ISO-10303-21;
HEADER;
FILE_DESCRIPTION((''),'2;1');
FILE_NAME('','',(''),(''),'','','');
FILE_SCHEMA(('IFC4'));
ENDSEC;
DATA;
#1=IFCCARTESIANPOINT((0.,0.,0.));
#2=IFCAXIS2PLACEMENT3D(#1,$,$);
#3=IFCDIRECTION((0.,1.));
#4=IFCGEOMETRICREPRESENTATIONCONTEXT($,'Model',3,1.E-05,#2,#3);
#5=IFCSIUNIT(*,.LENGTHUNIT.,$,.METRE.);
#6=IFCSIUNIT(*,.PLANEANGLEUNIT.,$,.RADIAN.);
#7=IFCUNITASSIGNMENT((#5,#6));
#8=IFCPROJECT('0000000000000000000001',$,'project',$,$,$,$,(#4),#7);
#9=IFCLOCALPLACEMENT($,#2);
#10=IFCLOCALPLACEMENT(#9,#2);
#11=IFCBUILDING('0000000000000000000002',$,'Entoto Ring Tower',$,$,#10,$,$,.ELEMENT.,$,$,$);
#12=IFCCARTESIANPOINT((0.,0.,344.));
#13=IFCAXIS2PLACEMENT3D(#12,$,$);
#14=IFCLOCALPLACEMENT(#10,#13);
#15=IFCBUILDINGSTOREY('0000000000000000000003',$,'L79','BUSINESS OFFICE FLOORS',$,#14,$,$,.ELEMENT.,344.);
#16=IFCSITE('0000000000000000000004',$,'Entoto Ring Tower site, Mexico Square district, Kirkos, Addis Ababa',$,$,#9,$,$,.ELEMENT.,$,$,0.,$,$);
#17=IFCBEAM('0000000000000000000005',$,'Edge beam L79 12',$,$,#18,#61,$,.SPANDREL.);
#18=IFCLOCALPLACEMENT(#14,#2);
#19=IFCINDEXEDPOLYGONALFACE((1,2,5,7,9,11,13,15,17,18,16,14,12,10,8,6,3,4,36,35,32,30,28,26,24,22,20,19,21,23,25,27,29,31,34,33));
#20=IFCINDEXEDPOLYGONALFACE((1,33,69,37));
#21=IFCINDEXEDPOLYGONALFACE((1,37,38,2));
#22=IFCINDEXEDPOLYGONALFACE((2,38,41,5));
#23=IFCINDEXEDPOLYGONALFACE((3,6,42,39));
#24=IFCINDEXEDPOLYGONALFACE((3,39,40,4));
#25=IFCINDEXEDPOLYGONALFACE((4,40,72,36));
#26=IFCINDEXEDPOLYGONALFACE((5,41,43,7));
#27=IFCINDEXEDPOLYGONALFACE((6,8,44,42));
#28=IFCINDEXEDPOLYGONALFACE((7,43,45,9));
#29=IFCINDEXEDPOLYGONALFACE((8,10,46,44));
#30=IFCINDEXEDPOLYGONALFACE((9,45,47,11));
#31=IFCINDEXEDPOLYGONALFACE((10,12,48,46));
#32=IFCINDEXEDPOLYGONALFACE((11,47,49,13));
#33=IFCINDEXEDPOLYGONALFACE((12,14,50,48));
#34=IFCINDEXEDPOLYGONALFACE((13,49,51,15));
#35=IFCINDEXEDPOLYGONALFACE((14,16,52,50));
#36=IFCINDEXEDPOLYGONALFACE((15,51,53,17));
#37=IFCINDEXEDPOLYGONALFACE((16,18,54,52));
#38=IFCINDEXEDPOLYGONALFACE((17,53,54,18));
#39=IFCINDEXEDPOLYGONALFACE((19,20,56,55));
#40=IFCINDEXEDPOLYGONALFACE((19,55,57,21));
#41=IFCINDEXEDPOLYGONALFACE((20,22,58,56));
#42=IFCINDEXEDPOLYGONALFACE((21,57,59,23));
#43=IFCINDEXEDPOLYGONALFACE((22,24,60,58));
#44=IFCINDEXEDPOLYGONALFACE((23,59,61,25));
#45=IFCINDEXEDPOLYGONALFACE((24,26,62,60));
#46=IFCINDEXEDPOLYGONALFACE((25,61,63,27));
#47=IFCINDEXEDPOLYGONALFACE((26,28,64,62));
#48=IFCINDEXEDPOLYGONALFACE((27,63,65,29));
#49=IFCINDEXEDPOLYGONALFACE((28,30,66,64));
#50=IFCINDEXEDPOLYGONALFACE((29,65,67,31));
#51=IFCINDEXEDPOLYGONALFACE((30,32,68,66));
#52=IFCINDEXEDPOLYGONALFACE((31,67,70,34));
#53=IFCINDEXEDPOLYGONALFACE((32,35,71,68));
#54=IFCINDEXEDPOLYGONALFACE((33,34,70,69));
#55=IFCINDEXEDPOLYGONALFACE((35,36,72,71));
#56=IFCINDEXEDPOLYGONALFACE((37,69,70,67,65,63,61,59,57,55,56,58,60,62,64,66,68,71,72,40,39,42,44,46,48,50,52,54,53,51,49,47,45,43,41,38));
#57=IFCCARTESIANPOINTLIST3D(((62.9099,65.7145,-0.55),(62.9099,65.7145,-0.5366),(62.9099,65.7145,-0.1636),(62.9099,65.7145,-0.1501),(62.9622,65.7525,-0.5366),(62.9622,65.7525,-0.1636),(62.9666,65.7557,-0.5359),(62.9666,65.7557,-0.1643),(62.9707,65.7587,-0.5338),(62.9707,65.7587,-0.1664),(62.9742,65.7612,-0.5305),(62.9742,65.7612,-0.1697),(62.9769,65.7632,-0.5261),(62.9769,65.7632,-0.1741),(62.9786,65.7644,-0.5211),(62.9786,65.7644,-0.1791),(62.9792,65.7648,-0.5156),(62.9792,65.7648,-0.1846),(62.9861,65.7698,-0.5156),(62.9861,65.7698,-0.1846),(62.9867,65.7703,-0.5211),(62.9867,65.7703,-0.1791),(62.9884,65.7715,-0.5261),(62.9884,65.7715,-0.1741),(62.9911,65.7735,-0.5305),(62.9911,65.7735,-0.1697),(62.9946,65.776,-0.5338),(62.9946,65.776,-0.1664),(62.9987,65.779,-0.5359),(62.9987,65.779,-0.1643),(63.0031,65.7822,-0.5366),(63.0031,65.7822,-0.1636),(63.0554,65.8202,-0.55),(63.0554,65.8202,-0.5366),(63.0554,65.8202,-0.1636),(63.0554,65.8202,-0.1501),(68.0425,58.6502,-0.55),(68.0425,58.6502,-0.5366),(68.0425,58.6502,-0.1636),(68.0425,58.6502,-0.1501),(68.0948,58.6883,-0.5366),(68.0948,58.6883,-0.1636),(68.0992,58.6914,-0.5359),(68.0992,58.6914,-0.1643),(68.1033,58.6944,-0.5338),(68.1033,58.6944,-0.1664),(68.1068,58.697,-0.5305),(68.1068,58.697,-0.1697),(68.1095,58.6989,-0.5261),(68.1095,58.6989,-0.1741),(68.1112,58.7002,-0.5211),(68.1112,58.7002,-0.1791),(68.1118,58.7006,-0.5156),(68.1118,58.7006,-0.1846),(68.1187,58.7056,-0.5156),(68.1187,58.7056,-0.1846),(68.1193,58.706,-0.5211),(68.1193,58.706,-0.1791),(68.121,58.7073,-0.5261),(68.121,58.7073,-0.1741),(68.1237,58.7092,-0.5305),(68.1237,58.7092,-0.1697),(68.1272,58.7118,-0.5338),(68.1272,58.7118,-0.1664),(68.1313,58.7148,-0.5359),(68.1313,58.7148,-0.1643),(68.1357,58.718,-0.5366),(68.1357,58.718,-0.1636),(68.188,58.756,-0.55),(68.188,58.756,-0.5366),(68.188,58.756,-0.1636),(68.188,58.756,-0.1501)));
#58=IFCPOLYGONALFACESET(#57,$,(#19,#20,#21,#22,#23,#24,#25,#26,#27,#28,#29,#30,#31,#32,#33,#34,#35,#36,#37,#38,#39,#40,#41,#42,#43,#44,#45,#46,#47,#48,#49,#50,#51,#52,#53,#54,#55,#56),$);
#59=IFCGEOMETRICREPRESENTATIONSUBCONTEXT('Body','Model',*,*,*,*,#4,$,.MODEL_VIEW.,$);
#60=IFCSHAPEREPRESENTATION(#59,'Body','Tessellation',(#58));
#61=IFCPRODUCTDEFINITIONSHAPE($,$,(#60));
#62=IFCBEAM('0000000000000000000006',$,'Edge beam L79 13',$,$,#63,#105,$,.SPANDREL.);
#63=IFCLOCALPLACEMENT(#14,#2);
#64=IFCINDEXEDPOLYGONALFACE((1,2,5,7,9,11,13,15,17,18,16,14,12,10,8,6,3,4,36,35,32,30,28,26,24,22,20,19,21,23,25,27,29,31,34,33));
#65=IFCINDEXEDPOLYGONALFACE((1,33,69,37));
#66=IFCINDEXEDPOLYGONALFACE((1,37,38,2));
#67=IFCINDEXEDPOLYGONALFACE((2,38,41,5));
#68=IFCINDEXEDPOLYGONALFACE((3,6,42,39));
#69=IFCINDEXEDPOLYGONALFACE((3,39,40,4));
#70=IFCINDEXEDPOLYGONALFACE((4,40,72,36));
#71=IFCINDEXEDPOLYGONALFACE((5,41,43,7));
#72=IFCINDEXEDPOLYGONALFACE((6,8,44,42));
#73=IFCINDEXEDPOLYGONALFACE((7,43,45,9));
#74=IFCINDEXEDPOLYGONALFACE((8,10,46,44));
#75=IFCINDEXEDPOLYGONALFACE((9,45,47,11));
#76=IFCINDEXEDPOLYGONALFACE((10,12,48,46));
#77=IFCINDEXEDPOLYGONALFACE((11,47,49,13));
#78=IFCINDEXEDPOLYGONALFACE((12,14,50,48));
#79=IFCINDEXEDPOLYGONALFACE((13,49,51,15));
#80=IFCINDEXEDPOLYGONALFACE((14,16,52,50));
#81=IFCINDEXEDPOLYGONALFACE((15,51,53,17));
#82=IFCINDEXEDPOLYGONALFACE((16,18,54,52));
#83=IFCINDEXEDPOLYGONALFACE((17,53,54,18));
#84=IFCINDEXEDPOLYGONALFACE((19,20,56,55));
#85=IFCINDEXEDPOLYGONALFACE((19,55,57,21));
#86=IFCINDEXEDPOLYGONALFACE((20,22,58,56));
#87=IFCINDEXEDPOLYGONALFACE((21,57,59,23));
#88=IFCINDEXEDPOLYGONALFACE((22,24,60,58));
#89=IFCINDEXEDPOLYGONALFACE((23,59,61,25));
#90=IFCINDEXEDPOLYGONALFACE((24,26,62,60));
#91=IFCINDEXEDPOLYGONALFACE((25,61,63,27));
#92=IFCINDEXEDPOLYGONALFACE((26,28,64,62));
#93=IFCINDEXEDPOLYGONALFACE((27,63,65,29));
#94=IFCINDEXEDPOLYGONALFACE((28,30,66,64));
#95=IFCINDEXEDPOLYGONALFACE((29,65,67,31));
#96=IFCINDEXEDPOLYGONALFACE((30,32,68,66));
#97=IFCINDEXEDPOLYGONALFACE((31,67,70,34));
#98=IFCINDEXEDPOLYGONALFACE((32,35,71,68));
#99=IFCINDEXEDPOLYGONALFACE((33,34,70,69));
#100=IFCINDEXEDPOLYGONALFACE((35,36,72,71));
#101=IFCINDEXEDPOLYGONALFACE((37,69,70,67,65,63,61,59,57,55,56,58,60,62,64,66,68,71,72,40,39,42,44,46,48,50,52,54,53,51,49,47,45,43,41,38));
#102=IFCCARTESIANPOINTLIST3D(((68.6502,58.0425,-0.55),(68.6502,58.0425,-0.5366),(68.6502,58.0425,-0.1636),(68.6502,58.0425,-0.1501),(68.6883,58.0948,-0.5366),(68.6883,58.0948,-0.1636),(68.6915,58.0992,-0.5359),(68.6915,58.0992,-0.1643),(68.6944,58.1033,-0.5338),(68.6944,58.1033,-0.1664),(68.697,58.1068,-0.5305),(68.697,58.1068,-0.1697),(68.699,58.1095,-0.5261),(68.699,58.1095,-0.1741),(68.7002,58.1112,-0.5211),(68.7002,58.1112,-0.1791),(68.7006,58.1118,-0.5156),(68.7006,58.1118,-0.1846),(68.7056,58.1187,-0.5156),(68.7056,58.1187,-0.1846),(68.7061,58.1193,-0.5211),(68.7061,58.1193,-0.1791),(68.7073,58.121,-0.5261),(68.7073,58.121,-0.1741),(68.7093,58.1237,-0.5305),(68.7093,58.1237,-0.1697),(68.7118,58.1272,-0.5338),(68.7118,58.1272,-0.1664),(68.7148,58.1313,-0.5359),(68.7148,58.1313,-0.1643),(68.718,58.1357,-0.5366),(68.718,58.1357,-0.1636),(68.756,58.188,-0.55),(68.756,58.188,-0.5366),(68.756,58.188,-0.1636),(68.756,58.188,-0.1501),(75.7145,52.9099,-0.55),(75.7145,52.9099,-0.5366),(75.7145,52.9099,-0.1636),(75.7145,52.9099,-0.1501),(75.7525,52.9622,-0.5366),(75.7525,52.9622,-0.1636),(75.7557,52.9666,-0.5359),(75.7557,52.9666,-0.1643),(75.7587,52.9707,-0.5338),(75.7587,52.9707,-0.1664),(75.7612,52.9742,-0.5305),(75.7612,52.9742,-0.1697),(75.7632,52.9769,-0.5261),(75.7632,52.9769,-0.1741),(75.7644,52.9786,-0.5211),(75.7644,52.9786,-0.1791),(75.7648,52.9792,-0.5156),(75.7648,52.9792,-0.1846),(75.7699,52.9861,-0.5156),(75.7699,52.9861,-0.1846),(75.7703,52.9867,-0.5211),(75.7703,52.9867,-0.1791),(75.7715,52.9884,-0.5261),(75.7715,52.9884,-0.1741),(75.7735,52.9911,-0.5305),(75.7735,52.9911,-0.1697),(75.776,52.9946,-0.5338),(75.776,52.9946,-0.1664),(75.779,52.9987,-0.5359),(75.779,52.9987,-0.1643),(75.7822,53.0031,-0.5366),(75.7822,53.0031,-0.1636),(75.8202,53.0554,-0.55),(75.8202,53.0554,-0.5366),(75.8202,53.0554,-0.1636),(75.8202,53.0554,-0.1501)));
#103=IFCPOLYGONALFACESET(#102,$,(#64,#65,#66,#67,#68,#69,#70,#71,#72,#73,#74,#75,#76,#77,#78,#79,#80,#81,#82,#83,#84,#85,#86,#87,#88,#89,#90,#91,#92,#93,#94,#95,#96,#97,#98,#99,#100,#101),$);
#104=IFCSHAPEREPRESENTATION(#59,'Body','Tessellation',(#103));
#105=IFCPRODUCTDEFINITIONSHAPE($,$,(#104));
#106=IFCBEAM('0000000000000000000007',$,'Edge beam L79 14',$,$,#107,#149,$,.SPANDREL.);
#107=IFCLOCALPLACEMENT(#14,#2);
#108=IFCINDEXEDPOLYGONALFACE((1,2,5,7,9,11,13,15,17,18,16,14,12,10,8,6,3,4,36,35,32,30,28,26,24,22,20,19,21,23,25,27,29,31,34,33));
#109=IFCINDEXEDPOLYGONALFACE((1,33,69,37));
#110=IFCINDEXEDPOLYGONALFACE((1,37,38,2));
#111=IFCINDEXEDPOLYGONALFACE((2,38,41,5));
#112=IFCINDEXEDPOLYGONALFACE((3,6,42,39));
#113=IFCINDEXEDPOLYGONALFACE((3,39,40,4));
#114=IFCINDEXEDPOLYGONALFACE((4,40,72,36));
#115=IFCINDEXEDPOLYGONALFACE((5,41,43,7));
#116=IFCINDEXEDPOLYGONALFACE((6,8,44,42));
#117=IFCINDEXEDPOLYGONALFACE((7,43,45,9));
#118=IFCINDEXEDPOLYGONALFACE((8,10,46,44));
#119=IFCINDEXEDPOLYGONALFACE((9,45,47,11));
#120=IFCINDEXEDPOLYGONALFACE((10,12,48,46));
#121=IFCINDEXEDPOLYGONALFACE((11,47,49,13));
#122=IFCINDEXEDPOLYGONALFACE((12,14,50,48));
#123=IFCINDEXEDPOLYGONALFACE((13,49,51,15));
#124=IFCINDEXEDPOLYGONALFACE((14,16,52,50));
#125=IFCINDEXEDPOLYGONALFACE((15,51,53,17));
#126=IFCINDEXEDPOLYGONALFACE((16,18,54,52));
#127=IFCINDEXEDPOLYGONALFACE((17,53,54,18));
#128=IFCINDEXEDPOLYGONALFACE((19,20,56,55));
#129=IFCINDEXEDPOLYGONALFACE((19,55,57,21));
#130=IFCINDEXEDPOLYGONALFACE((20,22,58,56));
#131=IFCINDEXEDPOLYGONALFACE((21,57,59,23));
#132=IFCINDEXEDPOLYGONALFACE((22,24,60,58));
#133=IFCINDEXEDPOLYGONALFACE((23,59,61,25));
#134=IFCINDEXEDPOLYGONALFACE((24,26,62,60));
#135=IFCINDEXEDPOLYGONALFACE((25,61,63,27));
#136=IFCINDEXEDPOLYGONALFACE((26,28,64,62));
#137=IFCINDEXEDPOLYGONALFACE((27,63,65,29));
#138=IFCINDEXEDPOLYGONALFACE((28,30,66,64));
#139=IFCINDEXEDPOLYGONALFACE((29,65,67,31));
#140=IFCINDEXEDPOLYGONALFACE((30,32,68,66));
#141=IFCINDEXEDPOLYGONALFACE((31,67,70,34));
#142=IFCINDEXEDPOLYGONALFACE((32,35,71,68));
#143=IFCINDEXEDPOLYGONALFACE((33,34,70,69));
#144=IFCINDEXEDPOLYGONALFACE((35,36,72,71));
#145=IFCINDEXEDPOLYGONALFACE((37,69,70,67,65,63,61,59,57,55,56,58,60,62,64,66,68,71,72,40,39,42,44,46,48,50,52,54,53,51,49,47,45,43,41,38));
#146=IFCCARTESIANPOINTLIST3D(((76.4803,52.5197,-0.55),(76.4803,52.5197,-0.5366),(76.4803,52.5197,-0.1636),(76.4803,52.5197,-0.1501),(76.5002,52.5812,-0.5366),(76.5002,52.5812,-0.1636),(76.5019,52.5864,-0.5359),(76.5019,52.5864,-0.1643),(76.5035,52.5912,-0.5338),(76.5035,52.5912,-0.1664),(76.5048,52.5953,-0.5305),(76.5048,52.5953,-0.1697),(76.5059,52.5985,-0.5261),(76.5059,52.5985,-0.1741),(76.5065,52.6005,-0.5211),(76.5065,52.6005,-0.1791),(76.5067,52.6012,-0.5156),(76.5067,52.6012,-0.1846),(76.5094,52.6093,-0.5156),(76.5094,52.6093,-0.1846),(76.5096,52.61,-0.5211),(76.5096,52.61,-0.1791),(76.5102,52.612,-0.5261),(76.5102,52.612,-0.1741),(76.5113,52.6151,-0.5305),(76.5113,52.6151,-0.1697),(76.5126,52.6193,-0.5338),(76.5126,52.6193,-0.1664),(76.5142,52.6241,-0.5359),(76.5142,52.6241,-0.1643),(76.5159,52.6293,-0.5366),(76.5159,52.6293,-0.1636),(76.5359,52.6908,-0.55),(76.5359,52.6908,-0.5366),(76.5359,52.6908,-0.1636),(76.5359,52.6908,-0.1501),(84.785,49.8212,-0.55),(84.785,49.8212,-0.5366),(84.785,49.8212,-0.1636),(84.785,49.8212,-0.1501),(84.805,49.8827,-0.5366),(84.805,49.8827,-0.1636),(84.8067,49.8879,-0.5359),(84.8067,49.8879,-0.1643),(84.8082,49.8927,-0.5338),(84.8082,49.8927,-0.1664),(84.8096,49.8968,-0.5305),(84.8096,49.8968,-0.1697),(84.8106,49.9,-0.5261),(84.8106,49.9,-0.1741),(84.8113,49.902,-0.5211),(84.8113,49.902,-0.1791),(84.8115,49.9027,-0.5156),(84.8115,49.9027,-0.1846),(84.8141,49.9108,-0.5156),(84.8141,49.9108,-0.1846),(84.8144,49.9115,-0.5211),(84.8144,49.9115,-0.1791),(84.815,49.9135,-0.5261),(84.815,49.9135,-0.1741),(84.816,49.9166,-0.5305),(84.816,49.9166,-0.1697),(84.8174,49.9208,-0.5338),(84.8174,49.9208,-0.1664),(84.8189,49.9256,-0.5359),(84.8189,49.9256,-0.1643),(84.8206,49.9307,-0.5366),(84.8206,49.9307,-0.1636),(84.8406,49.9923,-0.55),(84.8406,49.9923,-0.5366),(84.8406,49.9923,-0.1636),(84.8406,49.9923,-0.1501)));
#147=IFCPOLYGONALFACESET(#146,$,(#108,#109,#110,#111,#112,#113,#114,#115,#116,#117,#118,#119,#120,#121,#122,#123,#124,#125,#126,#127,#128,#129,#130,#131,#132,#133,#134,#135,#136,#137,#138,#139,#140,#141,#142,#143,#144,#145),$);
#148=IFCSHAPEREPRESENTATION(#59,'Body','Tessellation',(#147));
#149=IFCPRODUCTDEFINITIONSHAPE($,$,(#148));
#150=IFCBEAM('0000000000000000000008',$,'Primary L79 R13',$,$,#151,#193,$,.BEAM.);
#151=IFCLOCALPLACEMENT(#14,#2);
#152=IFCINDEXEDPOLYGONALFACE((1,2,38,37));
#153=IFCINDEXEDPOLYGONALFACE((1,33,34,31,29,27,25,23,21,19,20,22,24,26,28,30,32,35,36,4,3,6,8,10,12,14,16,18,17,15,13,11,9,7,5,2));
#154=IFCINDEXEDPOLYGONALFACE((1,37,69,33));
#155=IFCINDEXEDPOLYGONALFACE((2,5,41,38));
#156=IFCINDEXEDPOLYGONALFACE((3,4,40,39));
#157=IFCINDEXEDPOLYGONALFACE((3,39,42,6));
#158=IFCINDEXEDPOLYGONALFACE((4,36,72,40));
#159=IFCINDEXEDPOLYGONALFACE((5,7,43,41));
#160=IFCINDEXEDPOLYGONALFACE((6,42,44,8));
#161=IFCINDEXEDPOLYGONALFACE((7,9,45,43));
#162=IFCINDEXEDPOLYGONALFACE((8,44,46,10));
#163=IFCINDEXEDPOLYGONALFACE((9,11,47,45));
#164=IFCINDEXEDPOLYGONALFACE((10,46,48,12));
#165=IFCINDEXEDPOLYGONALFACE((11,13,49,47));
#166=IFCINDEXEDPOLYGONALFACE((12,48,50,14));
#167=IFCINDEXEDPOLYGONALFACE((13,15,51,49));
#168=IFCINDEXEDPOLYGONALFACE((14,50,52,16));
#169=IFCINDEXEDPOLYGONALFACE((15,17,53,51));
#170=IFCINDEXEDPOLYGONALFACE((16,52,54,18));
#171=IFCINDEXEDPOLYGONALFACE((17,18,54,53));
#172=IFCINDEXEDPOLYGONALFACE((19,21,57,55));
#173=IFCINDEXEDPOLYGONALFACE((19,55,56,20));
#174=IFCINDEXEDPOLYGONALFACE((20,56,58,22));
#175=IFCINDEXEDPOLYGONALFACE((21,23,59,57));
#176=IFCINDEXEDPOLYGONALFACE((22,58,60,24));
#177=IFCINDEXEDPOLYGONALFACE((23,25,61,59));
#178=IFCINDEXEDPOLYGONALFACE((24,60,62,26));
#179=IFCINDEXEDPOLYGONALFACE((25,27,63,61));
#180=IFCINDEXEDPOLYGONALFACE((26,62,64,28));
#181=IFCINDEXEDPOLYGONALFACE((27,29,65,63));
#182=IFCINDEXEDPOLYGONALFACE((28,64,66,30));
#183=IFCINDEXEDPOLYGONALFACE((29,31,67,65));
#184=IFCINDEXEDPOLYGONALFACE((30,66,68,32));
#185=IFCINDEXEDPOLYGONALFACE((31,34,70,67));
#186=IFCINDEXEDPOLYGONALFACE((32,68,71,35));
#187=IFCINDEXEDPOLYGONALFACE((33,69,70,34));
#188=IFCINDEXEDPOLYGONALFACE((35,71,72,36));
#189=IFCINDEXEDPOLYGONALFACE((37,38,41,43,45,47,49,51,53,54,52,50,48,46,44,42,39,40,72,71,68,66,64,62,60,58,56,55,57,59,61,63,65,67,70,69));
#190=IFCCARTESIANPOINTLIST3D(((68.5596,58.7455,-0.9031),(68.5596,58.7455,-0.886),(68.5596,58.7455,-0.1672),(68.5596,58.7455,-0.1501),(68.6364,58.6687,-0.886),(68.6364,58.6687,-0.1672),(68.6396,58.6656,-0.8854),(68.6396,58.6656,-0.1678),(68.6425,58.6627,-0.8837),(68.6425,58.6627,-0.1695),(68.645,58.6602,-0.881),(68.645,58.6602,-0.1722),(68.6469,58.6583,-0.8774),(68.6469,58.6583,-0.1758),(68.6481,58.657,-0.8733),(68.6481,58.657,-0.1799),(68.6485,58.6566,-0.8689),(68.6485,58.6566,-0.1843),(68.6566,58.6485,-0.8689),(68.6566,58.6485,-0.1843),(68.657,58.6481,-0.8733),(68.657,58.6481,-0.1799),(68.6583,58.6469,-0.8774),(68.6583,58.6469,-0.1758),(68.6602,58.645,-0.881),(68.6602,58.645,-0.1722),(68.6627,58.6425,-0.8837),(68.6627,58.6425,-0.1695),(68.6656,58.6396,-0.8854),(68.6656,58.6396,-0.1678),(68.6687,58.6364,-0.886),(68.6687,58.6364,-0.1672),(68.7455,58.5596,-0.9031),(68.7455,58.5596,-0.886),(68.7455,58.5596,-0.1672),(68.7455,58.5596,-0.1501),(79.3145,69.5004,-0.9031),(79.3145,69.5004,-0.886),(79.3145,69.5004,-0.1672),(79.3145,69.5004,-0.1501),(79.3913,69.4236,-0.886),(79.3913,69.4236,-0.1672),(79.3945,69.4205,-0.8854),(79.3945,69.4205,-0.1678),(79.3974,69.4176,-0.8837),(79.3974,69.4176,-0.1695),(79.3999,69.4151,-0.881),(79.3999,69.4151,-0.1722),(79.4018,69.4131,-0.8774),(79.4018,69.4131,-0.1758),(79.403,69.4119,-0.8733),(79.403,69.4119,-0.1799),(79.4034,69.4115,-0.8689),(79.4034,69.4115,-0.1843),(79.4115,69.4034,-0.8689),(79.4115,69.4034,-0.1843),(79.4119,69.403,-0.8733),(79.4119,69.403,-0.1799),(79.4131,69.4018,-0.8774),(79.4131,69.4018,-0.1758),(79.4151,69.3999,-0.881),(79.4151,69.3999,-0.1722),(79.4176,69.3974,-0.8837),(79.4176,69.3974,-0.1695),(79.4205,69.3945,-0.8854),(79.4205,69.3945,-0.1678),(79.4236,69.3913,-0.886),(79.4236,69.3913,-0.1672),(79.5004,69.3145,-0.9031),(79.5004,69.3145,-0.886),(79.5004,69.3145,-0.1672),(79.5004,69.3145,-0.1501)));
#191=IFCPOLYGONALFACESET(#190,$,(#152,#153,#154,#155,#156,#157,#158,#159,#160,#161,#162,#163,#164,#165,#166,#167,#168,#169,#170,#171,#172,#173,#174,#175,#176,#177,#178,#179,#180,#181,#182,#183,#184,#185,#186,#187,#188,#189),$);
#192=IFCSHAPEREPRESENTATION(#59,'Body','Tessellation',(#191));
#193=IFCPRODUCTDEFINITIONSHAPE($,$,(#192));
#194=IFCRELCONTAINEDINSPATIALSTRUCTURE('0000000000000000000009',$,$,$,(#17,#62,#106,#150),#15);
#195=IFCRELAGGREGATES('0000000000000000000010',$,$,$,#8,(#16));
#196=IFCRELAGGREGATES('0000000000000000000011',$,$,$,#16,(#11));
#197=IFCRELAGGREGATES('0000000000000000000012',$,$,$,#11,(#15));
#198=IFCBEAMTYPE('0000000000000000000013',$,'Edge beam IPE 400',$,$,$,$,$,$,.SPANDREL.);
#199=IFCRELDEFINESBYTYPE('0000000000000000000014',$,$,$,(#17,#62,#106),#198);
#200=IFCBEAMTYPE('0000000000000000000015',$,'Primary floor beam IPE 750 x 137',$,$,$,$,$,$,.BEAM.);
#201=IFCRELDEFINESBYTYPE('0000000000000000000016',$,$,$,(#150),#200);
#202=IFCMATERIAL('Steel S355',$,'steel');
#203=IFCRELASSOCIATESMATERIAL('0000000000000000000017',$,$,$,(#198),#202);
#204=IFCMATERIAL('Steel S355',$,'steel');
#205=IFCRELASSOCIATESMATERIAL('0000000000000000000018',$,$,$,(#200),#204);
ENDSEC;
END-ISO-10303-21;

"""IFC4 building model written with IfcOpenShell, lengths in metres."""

from ifc_helpers import new_model, si_unit, direction, frame, origin, origin_2d, place, context, subcontext, project, spatial, i_section, extrude, material, material_profile, profile_set, type_object, element, save


model = new_model("IFC4")

# Units and contexts
model_context = context("Model", 3, precision=1e-05, world=origin(), true_north=direction((0.0, 1.0)))
body_context = subcontext(model_context, "Body", "Model", "MODEL_VIEW")
ifc_project = project(units=[si_unit("LENGTHUNIT", "METRE"), si_unit("PLANEANGLEUNIT", "RADIAN")], contexts=[model_context])

# Site, building, storey
site_placement = place(None, origin())
site = spatial("IfcSite", under=ifc_project, at=site_placement, Name="Entoto Ring Tower site, Mexico Square district, Kirkos, Addis Ababa", CompositionType="ELEMENT", RefElevation=0.0)
building_placement = place(site_placement, origin())
building = spatial("IfcBuilding", under=site, at=building_placement, Name="Entoto Ring Tower", CompositionType="ELEMENT")
storey_placement = place(building_placement, frame((0.0, 0.0, 344.0)))
storey = spatial("IfcBuildingStorey", under=building, at=storey_placement, Name="L79", Description="BUSINESS OFFICE FLOORS", CompositionType="ELEMENT", Elevation=344.0)

# Beams
ifc_material_1 = material(Name="Steel S355", Category="steel")
ifc_material_profile_1 = material_profile(ifc_material_1, i_section(OverallWidth=0.1799, OverallDepth=0.3999, WebThickness=0.0085, FlangeThickness=0.0134, FilletRadius=0.021, at=origin_2d()), Name="IPE 400")
ifc_profile_set_1 = profile_set([ifc_material_profile_1], Name="Steel S355")
beam_type_1 = type_object("IfcBeamType", Name="Edge beam IPE 400", PredefinedType="SPANDREL", material=ifc_profile_set_1)
for number, where, z_axis, x_axis, name in (
    (1, (62.9827, 65.7673, -0.3501), (0.587794, -0.80901, 0.0), (0.80901, 0.587794, 0.0), "Edge beam L79 12"),
    (2, (68.7031, 58.1152, -0.3501), (0.80901, -0.587794, 0.0), (0.587794, 0.80901, 0.0), "Edge beam L79 13"),
):
    element("IfcBeam", number, at=place(storey_placement, frame(where, z_axis=z_axis, x_axis=x_axis)), inside=storey, type_object=beam_type_1, Name=name, PredefinedType="SPANDREL", context=body_context, shape_type="SweptSolid", body=[
        extrude(i_section(OverallWidth=0.1799, OverallDepth=0.3999, WebThickness=0.0085, FlangeThickness=0.0134, FilletRadius=0.021, at=origin_2d()), origin(), (0.0, 0.0, 1.0), 8.7319),
    ])
beam_1_placement = place(storey_placement, frame((76.5081, 52.6052, -0.3501), z_axis=(0.951052, -0.30903, 0.0), x_axis=(0.30903, 0.951052, 0.0)))
element("IfcBeam", 3, at=beam_1_placement, inside=storey, type_object=beam_type_1, Name="Edge beam L79 14", PredefinedType="SPANDREL", context=body_context, shape_type="SweptSolid", body=[
    extrude(i_section(OverallWidth=0.1799, OverallDepth=0.3999, WebThickness=0.0085, FlangeThickness=0.0134, FilletRadius=0.021, at=origin_2d()), origin(), (0.0, 0.0, 1.0), 8.7322),
])
ifc_material_2 = material(Name="Steel S355", Category="steel")
ifc_material_profile_2 = material_profile(ifc_material_2, i_section(OverallWidth=0.2629, OverallDepth=0.7529, WebThickness=0.0115, FlangeThickness=0.0171, FilletRadius=0.0171, at=origin_2d()), Name="IPE 750 x 137")
ifc_profile_set_2 = profile_set([ifc_material_profile_2], Name="Steel S355")
beam_type_2 = type_object("IfcBeamType", Name="Primary floor beam IPE 750 x 137", PredefinedType="BEAM", material=ifc_profile_set_2)
beam_2_placement = place(storey_placement, frame((79.4075, 69.4075, -0.5266), z_axis=(-0.707107, -0.707107, 0.0), x_axis=(0.707107, -0.707107, 0.0)))
element("IfcBeam", 4, at=beam_2_placement, inside=storey, type_object=beam_type_2, Name="Primary L79 R13", PredefinedType="BEAM", context=body_context, shape_type="SweptSolid", body=[
    extrude(i_section(OverallWidth=0.2629, OverallDepth=0.7529, WebThickness=0.0115, FlangeThickness=0.0171, FilletRadius=0.0171, at=origin_2d()), origin(), (0.0, 0.0, 1.0), 15.2097),
])

save(model, "model.ifc")
